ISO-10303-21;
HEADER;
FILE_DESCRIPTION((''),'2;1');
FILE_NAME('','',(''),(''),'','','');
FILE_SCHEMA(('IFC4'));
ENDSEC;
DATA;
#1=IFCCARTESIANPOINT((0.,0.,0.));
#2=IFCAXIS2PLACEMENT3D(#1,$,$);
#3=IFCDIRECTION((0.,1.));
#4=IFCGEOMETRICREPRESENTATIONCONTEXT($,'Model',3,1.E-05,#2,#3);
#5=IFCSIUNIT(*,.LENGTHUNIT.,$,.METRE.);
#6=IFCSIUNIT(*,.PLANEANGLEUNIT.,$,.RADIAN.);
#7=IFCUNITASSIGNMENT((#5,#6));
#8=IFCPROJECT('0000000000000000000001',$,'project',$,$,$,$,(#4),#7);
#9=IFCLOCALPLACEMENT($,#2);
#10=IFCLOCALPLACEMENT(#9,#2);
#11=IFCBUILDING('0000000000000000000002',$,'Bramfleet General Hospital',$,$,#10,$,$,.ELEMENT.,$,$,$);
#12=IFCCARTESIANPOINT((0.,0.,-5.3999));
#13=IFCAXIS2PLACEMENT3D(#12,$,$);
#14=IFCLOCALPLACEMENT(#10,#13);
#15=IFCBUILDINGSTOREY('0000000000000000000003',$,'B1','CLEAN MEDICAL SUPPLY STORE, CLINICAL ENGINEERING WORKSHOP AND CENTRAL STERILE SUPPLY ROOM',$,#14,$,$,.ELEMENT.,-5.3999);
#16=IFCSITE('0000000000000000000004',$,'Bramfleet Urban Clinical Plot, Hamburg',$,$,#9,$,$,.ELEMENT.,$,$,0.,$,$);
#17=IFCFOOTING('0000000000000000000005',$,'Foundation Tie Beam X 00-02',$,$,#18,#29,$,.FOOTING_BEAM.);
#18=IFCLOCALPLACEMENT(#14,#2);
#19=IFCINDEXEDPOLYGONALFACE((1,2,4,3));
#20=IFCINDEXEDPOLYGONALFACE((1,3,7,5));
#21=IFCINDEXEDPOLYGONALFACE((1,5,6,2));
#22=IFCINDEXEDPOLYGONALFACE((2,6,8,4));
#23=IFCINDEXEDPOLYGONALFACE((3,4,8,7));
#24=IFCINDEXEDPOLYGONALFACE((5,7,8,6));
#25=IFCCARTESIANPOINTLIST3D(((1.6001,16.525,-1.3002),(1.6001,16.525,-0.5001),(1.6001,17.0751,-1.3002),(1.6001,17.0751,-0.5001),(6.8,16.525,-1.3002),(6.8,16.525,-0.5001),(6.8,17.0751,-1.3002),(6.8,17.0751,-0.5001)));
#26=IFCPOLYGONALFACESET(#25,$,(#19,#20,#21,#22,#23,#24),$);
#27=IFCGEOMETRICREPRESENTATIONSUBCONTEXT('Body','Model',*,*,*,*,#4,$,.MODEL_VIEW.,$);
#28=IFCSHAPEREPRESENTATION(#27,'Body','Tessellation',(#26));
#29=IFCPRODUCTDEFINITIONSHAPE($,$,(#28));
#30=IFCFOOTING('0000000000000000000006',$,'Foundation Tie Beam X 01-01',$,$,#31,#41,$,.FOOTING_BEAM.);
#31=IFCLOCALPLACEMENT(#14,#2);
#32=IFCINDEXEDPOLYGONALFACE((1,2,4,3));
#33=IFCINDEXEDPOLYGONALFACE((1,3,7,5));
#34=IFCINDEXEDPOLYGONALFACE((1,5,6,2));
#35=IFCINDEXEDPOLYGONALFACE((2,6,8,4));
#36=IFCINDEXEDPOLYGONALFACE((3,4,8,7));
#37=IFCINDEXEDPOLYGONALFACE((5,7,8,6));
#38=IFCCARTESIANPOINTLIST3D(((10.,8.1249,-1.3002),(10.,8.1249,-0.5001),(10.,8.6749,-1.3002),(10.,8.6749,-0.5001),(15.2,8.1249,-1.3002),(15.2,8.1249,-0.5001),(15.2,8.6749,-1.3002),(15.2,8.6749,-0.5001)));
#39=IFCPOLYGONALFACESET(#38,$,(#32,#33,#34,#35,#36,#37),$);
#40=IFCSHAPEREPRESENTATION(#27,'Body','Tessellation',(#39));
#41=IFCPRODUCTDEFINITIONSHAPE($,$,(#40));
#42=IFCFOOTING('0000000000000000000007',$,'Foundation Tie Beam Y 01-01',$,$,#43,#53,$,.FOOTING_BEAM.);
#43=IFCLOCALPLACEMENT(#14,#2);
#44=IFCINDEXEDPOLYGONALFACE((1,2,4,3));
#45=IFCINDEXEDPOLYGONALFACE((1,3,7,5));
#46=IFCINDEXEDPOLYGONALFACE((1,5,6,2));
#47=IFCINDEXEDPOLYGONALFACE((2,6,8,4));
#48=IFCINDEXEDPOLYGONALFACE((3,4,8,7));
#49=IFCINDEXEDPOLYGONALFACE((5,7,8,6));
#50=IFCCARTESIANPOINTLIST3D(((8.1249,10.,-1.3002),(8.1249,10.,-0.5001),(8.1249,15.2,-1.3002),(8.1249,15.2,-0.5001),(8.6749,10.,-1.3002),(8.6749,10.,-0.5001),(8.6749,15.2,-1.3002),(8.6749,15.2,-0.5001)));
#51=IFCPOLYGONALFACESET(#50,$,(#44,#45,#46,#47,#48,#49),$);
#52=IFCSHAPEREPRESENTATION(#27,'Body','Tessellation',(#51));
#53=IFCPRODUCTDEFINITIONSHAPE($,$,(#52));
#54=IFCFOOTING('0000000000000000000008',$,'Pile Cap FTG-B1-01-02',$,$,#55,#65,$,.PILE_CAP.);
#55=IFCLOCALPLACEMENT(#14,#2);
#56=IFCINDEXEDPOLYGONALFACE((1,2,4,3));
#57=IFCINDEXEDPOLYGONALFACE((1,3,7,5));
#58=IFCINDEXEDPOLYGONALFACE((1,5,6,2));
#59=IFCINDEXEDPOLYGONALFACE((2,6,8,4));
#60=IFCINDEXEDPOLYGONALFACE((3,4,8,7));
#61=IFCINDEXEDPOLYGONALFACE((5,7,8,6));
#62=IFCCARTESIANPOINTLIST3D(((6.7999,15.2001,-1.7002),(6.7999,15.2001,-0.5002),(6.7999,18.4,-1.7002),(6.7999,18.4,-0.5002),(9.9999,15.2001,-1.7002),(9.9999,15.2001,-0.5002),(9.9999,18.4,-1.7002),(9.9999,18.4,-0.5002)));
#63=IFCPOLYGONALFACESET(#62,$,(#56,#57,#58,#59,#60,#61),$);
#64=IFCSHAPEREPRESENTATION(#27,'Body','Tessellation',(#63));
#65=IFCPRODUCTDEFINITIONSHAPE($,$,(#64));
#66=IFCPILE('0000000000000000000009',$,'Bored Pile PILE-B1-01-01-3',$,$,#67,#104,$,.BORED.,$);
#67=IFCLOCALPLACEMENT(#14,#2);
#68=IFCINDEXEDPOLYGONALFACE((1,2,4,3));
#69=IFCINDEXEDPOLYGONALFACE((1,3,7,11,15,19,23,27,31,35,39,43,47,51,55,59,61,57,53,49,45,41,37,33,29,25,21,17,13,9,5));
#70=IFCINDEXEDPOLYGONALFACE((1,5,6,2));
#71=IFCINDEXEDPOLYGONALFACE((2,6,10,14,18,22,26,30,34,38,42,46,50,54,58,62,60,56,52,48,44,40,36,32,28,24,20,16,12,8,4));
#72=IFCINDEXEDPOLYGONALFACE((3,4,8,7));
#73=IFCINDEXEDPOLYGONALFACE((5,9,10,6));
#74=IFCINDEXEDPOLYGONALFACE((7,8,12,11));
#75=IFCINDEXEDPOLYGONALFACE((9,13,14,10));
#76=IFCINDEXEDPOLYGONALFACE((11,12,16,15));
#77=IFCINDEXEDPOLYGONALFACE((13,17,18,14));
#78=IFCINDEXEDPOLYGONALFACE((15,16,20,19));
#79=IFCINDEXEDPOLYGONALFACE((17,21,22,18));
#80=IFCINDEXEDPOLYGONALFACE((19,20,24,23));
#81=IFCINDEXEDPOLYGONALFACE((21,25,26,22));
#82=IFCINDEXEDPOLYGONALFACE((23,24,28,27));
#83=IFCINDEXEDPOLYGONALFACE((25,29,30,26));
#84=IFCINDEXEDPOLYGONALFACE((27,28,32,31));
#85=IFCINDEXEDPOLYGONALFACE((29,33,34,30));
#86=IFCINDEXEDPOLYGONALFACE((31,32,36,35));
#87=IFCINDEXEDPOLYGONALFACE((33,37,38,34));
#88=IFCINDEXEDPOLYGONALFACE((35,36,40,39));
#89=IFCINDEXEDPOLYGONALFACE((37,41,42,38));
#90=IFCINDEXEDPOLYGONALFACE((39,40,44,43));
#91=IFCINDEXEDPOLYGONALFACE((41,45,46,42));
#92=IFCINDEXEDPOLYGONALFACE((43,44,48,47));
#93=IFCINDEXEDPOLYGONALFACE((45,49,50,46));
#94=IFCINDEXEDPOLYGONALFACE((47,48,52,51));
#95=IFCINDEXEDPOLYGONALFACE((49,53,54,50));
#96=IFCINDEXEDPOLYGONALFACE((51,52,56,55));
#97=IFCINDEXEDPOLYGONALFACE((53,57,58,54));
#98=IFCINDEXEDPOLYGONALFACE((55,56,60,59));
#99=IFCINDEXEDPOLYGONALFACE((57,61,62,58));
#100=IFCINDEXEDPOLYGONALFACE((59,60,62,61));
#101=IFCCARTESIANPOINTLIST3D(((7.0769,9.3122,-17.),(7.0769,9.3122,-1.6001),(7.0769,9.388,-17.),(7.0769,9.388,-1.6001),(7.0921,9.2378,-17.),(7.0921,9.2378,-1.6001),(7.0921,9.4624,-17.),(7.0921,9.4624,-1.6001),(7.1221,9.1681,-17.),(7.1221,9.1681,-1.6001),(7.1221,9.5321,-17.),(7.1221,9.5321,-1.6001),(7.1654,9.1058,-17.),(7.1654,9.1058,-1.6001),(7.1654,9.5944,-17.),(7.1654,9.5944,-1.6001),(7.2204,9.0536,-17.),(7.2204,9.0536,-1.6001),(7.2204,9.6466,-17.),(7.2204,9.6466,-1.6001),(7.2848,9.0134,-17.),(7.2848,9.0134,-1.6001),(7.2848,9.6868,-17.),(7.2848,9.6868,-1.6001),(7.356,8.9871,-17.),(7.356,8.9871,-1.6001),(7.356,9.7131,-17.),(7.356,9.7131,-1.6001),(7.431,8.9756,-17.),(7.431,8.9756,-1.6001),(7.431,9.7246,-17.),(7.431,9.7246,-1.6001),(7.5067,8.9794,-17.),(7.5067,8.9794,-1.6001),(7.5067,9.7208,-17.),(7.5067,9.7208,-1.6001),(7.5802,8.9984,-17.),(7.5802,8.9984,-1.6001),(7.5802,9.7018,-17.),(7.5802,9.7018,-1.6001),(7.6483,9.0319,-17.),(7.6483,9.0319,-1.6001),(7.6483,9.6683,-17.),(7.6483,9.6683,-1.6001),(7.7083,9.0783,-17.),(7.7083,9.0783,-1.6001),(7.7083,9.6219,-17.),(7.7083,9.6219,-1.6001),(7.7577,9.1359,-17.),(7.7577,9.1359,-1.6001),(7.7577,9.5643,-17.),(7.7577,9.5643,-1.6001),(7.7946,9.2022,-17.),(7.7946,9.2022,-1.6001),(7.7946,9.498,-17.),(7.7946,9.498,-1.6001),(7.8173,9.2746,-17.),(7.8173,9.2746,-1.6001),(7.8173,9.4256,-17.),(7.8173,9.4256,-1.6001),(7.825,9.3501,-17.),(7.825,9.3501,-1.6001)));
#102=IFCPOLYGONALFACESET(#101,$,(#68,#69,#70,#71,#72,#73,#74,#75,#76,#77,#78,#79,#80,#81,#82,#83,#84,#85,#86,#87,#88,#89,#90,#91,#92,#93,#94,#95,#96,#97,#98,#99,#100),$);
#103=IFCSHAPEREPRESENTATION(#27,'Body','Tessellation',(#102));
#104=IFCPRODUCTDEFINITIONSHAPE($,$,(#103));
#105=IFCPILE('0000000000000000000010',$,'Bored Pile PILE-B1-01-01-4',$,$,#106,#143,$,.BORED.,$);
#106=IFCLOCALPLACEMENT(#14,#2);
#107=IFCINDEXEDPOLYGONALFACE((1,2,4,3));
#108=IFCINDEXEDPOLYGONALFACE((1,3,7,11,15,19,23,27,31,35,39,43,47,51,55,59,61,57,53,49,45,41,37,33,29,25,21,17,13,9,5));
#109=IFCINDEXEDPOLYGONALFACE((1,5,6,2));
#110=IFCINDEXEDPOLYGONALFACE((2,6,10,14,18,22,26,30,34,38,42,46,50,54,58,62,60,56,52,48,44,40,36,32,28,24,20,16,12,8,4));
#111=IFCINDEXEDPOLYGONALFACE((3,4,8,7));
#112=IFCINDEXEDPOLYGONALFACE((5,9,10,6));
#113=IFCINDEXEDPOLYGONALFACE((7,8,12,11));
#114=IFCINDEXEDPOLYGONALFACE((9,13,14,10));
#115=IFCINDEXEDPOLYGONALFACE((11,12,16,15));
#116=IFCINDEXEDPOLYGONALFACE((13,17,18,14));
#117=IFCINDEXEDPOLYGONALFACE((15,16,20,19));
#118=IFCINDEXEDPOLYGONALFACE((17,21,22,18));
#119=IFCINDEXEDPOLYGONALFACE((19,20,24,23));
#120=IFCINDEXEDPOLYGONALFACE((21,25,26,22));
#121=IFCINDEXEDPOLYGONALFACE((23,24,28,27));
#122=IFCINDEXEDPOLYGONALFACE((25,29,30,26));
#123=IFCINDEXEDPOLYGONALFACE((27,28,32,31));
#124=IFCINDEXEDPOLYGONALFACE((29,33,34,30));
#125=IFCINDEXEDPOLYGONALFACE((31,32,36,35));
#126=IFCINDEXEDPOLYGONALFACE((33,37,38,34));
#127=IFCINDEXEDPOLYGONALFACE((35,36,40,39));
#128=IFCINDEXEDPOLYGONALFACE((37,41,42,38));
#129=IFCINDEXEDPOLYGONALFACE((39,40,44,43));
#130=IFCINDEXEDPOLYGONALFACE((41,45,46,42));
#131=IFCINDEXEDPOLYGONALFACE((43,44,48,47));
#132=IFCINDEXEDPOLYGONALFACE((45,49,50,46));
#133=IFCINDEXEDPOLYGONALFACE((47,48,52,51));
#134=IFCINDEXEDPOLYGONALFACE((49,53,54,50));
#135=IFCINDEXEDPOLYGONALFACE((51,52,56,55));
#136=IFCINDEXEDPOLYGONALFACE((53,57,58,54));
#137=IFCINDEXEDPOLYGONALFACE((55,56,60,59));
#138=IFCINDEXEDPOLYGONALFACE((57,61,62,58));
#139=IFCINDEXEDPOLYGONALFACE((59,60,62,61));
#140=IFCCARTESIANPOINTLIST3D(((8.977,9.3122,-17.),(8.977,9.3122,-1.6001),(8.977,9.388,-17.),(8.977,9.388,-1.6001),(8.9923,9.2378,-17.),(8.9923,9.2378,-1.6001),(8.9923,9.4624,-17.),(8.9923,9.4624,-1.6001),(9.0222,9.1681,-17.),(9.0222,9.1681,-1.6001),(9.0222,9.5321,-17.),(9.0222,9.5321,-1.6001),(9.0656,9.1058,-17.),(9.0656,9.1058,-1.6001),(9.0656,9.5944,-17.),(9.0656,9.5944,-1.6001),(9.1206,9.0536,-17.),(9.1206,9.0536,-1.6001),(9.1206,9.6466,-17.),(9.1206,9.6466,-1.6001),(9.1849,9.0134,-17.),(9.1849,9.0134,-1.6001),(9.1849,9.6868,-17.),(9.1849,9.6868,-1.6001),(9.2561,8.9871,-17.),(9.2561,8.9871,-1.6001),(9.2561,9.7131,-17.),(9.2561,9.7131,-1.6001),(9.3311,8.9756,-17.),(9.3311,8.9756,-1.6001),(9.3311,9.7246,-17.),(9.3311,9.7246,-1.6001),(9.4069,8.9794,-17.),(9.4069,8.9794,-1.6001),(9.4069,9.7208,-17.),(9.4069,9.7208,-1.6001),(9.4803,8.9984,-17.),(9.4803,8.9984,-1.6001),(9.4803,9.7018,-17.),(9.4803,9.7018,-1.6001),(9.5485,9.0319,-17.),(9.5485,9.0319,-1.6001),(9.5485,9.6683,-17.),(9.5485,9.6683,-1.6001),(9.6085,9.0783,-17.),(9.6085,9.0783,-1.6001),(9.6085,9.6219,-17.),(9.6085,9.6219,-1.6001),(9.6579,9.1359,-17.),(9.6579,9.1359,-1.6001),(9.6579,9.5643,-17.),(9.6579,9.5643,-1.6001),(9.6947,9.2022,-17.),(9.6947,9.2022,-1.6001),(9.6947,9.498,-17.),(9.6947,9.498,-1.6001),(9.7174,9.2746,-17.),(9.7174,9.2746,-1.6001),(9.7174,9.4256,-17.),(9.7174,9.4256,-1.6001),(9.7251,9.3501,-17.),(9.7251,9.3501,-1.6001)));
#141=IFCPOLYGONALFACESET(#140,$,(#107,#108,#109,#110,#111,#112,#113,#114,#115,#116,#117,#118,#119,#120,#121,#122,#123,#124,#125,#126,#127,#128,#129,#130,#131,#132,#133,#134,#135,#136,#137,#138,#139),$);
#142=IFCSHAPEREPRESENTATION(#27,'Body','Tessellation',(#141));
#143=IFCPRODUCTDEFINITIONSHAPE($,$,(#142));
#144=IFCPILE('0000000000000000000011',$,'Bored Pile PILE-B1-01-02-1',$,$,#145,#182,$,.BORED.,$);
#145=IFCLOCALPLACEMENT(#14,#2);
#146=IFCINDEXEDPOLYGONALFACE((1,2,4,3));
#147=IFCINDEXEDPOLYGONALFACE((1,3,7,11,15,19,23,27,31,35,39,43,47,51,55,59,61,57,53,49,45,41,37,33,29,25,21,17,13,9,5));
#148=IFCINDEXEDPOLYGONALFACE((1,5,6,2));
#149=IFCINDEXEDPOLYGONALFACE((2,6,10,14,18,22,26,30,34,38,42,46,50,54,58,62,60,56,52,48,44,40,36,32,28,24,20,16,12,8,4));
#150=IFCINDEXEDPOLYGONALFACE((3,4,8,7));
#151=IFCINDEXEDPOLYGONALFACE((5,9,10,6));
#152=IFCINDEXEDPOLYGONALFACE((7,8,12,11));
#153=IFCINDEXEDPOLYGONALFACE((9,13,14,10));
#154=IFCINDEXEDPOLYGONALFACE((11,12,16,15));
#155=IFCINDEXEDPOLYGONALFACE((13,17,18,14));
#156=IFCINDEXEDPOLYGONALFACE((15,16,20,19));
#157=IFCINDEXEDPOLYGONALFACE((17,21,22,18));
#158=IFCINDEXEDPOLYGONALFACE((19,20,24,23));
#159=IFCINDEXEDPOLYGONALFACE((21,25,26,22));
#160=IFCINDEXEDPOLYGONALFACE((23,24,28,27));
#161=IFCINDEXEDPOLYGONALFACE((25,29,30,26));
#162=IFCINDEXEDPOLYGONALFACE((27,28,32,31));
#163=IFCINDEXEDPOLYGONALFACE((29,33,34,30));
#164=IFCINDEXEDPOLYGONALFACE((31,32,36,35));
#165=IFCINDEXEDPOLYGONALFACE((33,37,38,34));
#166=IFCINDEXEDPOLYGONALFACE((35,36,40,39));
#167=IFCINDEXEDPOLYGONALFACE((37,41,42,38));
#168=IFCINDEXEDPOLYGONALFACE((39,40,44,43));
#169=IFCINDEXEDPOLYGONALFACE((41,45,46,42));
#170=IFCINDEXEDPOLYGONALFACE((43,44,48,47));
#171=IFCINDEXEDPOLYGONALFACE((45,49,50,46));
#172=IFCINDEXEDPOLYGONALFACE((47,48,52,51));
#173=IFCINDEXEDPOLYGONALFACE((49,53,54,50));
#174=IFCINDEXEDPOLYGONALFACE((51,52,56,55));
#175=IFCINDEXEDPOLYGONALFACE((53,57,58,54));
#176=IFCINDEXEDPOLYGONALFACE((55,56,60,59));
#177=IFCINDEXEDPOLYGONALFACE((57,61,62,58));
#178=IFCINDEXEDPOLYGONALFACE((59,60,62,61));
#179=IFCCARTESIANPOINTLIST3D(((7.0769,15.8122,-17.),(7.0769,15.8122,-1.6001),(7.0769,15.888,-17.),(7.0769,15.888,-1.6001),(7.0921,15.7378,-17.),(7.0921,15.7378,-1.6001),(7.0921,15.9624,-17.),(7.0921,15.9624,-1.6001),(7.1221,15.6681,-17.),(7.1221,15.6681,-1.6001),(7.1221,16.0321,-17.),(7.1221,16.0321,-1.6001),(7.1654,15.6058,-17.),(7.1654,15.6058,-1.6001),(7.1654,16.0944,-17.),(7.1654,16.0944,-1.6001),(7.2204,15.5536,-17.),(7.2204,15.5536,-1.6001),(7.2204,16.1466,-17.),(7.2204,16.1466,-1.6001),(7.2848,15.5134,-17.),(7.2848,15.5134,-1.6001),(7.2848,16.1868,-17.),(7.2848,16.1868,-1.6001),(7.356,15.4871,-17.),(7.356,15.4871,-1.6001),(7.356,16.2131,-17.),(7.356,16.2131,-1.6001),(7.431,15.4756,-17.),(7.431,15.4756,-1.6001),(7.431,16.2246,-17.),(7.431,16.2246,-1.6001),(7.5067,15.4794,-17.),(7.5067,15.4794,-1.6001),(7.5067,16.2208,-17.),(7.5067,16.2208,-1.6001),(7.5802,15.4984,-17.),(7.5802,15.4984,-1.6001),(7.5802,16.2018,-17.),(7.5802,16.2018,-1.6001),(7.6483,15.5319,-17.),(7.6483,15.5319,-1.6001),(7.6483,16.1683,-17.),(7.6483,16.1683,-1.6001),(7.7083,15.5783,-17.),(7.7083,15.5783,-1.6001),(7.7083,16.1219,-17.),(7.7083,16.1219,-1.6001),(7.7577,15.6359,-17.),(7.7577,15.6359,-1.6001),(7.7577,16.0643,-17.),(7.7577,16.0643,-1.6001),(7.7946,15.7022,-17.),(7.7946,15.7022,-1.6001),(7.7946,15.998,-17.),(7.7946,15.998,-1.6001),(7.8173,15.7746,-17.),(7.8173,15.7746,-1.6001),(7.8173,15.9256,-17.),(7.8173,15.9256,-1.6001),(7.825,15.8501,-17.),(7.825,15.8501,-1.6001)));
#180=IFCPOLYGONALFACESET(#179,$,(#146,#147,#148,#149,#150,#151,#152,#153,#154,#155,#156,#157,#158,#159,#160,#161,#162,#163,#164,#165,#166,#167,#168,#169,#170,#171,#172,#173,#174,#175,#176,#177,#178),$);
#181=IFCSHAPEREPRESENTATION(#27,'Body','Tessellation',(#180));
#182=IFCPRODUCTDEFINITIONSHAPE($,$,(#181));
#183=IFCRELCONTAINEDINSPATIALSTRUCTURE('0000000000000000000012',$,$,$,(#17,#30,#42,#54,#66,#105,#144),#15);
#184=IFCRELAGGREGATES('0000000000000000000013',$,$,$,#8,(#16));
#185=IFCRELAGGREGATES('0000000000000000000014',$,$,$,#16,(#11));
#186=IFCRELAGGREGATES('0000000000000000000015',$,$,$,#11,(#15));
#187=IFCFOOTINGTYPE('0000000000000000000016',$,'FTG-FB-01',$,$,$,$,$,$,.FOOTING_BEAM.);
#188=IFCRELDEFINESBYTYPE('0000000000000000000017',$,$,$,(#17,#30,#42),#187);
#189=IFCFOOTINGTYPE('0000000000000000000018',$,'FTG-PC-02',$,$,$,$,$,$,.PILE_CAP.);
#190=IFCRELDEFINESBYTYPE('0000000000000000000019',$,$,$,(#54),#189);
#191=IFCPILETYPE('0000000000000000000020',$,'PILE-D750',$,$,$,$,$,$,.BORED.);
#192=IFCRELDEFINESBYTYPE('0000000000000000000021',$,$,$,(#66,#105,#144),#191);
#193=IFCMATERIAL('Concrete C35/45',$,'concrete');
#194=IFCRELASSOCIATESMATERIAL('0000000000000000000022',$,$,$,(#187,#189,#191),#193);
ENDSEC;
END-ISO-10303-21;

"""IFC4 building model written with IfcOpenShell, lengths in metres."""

from ifc_helpers import new_model, si_unit, direction, frame, origin, origin_2d, place, context, subcontext, project, spatial, rectangle, circle, extrude, material, material_profile, profile_set, type_object, element, save


model = new_model("IFC4")

# Units and contexts
model_context = context("Model", 3, precision=1e-05, world=origin(), true_north=direction((0.0, 1.0)))
body_context = subcontext(model_context, "Body", "Model", "MODEL_VIEW")
ifc_project = project(units=[si_unit("LENGTHUNIT", "METRE"), si_unit("PLANEANGLEUNIT", "RADIAN")], contexts=[model_context])

# Site, building, storey
site_placement = place(None, origin())
site = spatial("IfcSite", under=ifc_project, at=site_placement, Name="Bramfleet Urban Clinical Plot, Hamburg", CompositionType="ELEMENT", RefElevation=0.0)
building_placement = place(site_placement, origin())
building = spatial("IfcBuilding", under=site, at=building_placement, Name="Bramfleet General Hospital", CompositionType="ELEMENT")
storey_placement = place(building_placement, frame((0.0, 0.0, -5.3999)))
storey = spatial("IfcBuildingStorey", under=building, at=storey_placement, Name="B1", Description="CLEAN MEDICAL SUPPLY STORE, CLINICAL ENGINEERING WORKSHOP AND CENTRAL STERILE SUPPLY ROOM", CompositionType="ELEMENT", Elevation=-5.3999)

# Footings
ifc_material_1 = material(Name="Concrete C35/45", Category="concrete")
ifc_material_profile_1 = material_profile(ifc_material_1, rectangle(XDim=0.55, YDim=0.8, at=origin_2d()), Name="RC FB 800x550")
ifc_profile_set_1 = profile_set([ifc_material_profile_1], Name="Concrete C35/45")
footing_type_1 = type_object("IfcFootingType", Name="FTG-FB-01", PredefinedType="FOOTING_BEAM", material=ifc_profile_set_1)
for number, where, z_axis, x_axis, name in (
    (1, (1.6001, 16.8, -0.9001), (1.0, 0.0, 0.0), (0.0, 1.0, 0.0), "Foundation Tie Beam X 00-02"),
    (2, (10.0, 8.3999, -0.9001), (1.0, 0.0, 0.0), (0.0, 1.0, 0.0), "Foundation Tie Beam X 01-01"),
    (3, (8.3999, 10.0, -0.9001), (0.0, 1.0, 0.0), (-1.0, 0.0, 0.0), "Foundation Tie Beam Y 01-01"),
):
    element("IfcFooting", number, at=place(storey_placement, frame(where, z_axis=z_axis, x_axis=x_axis)), inside=storey, type_object=footing_type_1, Name=name, PredefinedType="FOOTING_BEAM", context=body_context, shape_type="SweptSolid", body=[
        extrude(rectangle(XDim=0.55, YDim=0.8, at=origin_2d()), origin(), (0.0, 0.0, 1.0), 5.2),
    ])
footing_type_2 = type_object("IfcFootingType", Name="FTG-PC-02", PredefinedType="PILE_CAP", material=ifc_material_1)
footing_placement = place(storey_placement, frame((8.3999, 16.8, -1.7002), z_axis=(0.0, 0.0, 1.0), x_axis=(1.0, 0.0, 0.0)))
element("IfcFooting", 4, at=footing_placement, inside=storey, type_object=footing_type_2, Name="Pile Cap FTG-B1-01-02", PredefinedType="PILE_CAP", context=body_context, shape_type="SweptSolid", body=[
    extrude(rectangle(XDim=3.2, YDim=3.2, at=origin_2d()), origin(), (0.0, 0.0, 1.0), 1.2),
])

# Piles
ifc_material_profile_2 = material_profile(ifc_material_1, circle(Radius=0.375, at=origin_2d()), Name="PILE BORED D750")
ifc_profile_set_2 = profile_set([ifc_material_profile_2], Name="Concrete C35/45")
pile_type = type_object("IfcPileType", Name="PILE-D750", PredefinedType="BORED", material=ifc_profile_set_2)
for number, where, z_axis, x_axis, name in (
    (5, (7.45, 9.3501, -1.6001), (0.0, 0.0, -1.0), (1.0, 0.0, 0.0), "Bored Pile PILE-B1-01-01-3"),
    (6, (9.3501, 9.3501, -1.6001), (0.0, 0.0, -1.0), (1.0, 0.0, 0.0), "Bored Pile PILE-B1-01-01-4"),
    (7, (7.45, 15.8501, -1.6001), (0.0, 0.0, -1.0), (1.0, 0.0, 0.0), "Bored Pile PILE-B1-01-02-1"),
):
    element("IfcPile", number, at=place(storey_placement, frame(where, z_axis=z_axis, x_axis=x_axis)), inside=storey, type_object=pile_type, Name=name, PredefinedType="BORED", context=body_context, shape_type="SweptSolid", body=[
        extrude(circle(Radius=0.375, at=origin_2d()), origin(), (0.0, 0.0, 1.0), 15.3999),
    ])

save(model, "model.ifc")
